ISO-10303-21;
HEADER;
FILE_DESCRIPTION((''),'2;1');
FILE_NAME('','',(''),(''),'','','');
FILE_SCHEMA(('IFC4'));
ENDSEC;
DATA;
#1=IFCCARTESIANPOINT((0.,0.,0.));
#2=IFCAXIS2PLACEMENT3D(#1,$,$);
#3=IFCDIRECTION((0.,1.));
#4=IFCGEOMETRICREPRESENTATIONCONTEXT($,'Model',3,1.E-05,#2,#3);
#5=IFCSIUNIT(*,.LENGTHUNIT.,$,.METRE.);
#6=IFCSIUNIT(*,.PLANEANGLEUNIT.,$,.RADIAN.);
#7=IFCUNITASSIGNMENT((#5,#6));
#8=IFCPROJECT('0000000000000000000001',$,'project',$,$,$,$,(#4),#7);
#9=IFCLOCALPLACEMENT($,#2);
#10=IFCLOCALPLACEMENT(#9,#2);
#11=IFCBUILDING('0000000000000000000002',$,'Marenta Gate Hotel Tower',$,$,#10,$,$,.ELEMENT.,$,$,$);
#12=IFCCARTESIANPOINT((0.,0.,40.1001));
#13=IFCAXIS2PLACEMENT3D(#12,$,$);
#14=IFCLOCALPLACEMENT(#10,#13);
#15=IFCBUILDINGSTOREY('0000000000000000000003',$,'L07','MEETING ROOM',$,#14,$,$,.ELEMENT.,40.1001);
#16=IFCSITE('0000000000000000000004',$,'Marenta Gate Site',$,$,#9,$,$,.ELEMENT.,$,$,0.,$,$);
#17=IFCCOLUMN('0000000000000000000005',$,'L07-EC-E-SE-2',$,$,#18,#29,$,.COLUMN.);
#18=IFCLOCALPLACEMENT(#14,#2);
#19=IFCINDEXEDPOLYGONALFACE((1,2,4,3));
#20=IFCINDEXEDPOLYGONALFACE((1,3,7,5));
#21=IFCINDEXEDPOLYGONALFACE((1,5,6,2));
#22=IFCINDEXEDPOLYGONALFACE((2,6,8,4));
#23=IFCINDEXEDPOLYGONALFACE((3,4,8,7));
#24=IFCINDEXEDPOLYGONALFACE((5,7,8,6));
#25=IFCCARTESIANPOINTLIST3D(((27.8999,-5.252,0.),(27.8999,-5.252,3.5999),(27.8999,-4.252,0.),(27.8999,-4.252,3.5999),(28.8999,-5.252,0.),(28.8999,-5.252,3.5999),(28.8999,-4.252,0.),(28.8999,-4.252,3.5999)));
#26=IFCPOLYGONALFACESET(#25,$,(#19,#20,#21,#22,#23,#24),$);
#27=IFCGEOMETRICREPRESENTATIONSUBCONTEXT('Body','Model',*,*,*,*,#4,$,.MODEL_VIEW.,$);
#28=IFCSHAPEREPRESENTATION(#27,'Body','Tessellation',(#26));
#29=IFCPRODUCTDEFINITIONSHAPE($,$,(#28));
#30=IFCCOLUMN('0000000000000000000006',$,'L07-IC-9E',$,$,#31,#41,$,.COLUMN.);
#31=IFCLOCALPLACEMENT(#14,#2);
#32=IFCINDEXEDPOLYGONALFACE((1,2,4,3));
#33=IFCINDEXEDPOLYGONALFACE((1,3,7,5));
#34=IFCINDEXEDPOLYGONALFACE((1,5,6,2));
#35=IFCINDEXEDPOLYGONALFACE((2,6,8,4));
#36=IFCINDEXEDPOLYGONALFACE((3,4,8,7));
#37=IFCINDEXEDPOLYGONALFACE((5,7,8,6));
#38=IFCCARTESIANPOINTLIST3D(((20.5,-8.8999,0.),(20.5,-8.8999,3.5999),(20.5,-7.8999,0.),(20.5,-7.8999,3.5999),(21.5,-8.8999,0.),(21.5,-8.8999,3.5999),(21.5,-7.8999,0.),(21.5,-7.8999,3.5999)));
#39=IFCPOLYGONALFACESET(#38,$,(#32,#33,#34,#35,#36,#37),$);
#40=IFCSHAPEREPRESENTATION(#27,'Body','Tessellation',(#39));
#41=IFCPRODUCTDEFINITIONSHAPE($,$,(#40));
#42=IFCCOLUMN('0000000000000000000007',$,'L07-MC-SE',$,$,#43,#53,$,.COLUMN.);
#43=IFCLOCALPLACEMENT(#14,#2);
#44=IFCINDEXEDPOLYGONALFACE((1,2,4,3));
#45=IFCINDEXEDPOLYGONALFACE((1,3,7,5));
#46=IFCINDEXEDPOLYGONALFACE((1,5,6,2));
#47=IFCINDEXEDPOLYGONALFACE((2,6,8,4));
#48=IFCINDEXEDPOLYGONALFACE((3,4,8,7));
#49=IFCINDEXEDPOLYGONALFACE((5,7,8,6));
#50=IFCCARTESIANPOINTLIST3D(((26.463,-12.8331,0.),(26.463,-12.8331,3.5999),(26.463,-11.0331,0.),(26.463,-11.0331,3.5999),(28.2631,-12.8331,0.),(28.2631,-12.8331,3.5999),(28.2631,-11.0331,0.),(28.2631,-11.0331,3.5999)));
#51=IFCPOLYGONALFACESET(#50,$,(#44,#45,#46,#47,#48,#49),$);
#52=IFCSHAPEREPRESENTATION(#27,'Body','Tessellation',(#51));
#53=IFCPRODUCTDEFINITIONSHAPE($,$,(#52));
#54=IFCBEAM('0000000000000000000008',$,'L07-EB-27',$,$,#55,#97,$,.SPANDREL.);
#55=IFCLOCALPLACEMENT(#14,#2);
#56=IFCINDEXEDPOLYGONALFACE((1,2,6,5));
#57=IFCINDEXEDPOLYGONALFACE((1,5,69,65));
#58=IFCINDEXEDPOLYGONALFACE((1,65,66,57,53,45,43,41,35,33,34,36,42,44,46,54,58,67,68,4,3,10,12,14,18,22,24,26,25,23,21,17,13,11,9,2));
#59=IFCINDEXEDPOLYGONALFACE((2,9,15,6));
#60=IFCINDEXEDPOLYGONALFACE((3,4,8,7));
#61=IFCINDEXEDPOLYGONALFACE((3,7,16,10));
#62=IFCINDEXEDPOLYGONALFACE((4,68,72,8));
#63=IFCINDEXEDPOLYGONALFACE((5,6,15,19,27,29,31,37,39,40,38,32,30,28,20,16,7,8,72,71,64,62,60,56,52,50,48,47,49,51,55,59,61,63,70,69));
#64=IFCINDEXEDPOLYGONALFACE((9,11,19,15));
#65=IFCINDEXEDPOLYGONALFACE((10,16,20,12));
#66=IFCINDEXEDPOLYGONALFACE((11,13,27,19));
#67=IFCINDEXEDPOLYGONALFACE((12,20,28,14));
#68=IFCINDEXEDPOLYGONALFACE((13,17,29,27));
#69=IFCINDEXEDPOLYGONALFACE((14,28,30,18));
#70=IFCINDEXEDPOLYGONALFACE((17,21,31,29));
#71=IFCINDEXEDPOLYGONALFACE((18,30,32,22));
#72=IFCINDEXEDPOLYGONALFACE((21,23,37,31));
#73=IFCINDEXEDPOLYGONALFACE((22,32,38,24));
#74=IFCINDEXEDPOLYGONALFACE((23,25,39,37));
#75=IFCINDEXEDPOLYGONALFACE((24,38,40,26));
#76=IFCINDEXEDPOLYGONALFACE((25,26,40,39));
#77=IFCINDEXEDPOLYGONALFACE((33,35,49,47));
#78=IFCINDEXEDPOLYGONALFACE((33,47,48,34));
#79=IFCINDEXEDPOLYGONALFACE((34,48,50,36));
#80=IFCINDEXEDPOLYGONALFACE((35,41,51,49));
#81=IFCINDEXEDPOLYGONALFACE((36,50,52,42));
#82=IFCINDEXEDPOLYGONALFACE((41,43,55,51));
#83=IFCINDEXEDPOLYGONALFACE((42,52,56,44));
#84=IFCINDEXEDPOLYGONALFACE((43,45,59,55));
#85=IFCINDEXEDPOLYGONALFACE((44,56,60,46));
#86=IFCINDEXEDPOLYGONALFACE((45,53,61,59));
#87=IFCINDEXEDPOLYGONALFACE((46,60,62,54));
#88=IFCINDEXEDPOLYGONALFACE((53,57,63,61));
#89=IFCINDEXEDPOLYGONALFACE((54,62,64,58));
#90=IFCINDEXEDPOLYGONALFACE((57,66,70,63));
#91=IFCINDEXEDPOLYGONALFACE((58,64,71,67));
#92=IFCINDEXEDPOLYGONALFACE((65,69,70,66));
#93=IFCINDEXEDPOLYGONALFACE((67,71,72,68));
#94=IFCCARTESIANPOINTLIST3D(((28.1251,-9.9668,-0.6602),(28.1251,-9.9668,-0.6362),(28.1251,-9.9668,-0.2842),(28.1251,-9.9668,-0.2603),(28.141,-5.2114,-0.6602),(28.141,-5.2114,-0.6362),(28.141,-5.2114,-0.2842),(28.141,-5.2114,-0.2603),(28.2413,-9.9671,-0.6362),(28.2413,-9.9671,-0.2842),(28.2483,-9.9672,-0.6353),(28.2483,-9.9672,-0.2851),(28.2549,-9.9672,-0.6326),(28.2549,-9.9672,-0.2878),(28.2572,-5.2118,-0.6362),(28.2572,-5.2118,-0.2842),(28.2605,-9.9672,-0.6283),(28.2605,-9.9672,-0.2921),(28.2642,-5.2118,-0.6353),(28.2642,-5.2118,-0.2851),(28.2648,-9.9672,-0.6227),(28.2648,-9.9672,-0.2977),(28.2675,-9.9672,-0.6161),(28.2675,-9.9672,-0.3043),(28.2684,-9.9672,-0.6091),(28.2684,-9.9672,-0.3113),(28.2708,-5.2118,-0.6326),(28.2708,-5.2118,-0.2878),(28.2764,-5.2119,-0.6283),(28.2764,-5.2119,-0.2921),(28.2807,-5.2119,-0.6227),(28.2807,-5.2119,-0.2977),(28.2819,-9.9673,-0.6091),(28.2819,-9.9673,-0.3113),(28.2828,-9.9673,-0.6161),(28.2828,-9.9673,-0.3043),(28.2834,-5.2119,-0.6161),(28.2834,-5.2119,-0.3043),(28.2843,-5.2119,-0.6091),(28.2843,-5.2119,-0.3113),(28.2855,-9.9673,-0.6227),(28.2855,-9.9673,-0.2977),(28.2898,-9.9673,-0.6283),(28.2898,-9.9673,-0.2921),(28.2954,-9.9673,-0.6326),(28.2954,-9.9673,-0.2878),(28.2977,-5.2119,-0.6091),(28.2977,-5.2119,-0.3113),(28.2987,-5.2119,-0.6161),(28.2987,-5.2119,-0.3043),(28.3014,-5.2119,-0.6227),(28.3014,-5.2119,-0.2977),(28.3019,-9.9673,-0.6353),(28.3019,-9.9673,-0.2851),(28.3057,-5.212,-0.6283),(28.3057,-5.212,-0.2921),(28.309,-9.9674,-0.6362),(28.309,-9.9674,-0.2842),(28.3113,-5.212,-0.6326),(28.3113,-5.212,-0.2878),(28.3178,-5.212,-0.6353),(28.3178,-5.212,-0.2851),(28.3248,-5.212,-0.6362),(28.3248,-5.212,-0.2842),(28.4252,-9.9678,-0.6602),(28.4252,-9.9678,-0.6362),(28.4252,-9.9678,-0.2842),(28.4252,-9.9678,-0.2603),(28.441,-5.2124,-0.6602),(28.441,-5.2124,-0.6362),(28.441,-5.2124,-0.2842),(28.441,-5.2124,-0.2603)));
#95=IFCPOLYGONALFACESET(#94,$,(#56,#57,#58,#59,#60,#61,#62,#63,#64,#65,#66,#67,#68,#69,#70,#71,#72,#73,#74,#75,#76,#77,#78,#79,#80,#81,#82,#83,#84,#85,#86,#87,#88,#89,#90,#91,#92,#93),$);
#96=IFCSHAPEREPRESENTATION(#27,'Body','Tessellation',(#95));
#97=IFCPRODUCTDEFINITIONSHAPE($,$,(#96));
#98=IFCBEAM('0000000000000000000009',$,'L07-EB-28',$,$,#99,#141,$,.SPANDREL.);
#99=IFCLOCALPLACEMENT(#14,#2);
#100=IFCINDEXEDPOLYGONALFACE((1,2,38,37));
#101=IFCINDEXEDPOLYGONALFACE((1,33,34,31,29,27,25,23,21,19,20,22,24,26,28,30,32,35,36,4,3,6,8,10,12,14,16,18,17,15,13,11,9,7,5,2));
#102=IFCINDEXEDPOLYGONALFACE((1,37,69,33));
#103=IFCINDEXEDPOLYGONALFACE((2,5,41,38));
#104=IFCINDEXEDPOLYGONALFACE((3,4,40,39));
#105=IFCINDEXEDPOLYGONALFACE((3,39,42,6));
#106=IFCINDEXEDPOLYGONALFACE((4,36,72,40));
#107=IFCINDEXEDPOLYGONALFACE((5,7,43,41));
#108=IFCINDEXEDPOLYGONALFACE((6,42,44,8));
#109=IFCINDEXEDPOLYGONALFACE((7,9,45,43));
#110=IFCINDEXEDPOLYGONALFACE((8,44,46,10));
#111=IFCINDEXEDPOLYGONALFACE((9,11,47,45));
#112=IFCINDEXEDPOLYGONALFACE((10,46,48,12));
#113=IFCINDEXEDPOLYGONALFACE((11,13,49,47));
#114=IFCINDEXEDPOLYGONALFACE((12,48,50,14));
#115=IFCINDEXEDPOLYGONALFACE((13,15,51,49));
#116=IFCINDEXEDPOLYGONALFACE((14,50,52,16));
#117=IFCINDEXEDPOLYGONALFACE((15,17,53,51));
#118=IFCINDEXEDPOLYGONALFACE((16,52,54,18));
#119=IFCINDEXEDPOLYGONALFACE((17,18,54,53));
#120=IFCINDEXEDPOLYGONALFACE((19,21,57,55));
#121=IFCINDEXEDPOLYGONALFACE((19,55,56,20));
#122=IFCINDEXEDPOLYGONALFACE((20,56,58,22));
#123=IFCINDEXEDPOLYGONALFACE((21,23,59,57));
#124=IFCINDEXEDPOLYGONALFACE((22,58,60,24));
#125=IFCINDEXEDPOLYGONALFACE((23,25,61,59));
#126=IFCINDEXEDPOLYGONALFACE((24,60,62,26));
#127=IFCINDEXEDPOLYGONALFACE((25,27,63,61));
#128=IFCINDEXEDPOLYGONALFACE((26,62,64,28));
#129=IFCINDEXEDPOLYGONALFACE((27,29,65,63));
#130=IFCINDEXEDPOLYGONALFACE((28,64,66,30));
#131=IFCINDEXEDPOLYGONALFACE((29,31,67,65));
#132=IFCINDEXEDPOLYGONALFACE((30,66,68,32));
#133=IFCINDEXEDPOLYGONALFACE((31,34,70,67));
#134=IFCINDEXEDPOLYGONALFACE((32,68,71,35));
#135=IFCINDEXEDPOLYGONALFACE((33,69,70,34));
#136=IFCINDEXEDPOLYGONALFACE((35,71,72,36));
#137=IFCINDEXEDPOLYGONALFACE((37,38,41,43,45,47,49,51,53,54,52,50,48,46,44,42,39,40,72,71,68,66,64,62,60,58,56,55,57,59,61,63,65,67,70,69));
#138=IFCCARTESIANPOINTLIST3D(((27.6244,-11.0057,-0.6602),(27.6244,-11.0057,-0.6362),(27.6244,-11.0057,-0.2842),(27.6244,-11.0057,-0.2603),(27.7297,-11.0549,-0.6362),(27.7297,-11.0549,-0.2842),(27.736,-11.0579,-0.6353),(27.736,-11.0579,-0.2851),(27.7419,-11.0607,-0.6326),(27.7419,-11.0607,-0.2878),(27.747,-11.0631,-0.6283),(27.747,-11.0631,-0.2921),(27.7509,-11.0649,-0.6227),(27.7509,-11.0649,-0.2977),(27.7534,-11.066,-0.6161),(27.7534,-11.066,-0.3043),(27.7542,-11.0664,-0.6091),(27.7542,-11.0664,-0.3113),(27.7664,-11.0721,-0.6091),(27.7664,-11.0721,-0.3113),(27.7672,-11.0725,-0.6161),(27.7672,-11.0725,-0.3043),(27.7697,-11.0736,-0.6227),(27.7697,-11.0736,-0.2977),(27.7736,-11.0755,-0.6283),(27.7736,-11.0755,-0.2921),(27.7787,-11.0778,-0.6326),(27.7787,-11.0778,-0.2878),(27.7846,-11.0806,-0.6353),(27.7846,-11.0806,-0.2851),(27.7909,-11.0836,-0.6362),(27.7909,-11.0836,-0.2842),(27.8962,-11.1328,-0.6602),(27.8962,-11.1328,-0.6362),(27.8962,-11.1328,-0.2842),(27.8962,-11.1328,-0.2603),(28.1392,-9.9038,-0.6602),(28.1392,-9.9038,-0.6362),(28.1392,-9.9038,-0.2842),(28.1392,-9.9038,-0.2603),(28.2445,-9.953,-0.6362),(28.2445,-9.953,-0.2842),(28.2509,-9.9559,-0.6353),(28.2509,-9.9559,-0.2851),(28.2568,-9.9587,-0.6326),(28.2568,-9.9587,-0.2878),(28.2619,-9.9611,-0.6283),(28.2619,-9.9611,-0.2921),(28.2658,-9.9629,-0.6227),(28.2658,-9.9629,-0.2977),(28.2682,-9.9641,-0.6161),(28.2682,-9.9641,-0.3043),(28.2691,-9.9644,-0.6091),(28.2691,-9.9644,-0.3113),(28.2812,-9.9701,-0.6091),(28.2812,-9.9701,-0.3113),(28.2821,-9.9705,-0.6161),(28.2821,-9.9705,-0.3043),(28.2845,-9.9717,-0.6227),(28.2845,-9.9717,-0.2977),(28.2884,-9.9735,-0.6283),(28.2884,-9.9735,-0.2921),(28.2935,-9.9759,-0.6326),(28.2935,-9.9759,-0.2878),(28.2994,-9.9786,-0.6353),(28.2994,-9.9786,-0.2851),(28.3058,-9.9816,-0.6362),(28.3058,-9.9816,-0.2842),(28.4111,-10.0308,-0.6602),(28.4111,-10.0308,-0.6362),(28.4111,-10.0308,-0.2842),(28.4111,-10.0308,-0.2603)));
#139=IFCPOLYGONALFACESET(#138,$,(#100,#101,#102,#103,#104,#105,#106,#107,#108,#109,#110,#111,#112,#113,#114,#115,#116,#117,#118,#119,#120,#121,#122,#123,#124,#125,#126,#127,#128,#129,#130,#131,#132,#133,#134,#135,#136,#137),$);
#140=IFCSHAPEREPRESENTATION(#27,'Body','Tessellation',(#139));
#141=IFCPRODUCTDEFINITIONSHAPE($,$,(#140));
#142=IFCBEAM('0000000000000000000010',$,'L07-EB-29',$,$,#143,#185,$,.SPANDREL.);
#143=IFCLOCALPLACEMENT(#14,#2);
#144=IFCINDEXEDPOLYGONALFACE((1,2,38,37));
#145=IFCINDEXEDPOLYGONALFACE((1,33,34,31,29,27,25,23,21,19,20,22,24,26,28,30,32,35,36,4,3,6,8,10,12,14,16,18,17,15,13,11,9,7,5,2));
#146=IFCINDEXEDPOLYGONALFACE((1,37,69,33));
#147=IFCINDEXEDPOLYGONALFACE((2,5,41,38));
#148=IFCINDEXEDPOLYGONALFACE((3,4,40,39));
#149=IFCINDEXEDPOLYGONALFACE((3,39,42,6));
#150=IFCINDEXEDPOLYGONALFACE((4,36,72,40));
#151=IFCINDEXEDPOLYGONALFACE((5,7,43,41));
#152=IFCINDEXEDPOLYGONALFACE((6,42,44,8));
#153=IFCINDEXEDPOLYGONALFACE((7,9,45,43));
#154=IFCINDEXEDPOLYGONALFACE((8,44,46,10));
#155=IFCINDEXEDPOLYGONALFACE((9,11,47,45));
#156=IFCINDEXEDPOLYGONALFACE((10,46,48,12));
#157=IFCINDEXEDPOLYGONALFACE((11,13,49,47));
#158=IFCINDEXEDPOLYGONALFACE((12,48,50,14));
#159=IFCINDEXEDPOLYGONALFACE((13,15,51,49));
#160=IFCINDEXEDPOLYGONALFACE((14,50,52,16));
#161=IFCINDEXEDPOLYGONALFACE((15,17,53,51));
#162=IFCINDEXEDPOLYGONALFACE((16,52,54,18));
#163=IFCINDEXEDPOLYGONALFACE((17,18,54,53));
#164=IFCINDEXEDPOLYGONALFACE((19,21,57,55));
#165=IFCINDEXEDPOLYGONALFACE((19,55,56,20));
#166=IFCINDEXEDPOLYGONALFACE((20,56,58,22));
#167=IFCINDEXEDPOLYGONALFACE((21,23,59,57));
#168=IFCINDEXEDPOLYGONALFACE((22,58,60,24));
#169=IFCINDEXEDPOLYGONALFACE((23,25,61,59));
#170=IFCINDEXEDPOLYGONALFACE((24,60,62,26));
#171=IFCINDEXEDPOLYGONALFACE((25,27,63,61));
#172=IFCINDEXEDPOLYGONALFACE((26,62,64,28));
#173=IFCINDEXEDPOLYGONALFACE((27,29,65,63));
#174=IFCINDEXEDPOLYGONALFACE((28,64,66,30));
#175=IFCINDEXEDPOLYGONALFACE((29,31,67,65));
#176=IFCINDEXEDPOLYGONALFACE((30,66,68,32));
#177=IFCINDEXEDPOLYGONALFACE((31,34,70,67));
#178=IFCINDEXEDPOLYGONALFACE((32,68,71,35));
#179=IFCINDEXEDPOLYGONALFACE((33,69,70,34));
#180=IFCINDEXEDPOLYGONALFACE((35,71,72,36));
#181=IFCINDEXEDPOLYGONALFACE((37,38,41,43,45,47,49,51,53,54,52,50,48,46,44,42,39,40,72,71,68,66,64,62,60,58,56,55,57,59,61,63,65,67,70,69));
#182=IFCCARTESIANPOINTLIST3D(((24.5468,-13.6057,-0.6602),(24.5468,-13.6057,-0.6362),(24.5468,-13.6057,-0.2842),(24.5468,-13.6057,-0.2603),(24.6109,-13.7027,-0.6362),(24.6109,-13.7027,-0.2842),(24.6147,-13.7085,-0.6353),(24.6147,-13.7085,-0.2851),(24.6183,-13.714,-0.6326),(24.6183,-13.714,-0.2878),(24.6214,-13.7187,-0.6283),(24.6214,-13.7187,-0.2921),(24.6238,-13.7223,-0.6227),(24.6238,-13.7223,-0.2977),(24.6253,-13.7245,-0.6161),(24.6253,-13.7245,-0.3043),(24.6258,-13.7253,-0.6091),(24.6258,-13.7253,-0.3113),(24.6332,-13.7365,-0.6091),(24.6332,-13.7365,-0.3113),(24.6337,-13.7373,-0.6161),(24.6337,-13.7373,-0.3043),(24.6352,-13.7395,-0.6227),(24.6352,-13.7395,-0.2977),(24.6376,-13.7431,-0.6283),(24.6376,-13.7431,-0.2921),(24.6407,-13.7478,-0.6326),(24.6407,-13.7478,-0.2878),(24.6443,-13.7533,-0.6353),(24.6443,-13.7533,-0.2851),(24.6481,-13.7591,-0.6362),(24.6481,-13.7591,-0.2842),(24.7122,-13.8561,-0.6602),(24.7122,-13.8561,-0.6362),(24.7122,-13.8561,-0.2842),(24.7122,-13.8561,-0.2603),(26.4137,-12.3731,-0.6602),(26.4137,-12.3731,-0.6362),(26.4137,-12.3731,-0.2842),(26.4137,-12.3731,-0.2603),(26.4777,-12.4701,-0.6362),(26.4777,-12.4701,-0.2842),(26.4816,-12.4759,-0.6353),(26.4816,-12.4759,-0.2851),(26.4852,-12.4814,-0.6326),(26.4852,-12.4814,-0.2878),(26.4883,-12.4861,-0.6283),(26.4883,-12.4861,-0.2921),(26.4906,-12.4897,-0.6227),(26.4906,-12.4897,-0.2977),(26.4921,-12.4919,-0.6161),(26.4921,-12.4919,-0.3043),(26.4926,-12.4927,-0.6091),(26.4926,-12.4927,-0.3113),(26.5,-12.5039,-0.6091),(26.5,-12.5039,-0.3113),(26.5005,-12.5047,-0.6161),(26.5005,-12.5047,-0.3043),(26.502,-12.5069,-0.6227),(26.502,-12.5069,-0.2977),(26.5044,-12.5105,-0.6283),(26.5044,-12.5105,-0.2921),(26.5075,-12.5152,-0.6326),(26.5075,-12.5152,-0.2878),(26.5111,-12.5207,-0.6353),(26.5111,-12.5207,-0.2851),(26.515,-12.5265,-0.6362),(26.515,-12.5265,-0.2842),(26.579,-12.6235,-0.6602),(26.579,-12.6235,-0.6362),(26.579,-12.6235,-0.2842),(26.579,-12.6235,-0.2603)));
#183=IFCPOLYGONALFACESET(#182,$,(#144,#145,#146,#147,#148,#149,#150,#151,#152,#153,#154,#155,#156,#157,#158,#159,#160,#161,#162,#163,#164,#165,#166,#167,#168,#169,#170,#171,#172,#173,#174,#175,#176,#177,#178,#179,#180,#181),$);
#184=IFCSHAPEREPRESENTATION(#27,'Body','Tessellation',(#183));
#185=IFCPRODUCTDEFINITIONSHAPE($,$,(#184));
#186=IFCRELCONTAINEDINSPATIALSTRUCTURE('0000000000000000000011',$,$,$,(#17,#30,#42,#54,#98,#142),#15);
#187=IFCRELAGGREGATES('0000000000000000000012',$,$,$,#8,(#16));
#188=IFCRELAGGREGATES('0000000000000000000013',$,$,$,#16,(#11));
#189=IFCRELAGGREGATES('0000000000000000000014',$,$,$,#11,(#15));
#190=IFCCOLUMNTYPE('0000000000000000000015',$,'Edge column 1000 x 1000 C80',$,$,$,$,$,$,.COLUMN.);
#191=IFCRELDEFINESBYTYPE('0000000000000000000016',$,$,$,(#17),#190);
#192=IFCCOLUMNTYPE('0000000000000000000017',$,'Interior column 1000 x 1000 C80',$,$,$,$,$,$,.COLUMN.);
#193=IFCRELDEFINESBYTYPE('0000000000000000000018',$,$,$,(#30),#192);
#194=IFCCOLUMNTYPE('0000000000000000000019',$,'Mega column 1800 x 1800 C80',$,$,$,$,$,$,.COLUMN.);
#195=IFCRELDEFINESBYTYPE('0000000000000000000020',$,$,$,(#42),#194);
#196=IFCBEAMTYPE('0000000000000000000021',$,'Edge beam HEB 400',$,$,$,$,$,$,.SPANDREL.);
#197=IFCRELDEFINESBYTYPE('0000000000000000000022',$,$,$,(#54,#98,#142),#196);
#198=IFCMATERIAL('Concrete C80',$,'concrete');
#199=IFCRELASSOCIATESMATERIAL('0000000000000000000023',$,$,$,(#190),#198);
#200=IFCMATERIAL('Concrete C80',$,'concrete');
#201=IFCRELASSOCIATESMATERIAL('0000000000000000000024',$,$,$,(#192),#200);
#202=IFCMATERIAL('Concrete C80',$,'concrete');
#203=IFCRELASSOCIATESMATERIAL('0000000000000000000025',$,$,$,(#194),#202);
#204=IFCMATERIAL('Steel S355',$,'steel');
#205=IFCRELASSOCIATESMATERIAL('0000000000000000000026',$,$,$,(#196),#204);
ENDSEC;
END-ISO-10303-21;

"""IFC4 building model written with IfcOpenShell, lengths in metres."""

from ifc_helpers import new_model, si_unit, direction, frame, origin, origin_2d, place, context, subcontext, project, spatial, rectangle, i_section, extrude, material, material_profile, profile_set, type_object, element, save


model = new_model("IFC4")

# Units and contexts
model_context = context("Model", 3, precision=1e-05, world=origin(), true_north=direction((0.0, 1.0)))
body_context = subcontext(model_context, "Body", "Model", "MODEL_VIEW")
ifc_project = project(units=[si_unit("LENGTHUNIT", "METRE"), si_unit("PLANEANGLEUNIT", "RADIAN")], contexts=[model_context])

# Site, building, storey
site_placement = place(None, origin())
site = spatial("IfcSite", under=ifc_project, at=site_placement, Name="Marenta Gate Site", CompositionType="ELEMENT", RefElevation=0.0)
building_placement = place(site_placement, origin())
building = spatial("IfcBuilding", under=site, at=building_placement, Name="Marenta Gate Hotel Tower", CompositionType="ELEMENT")
storey_placement = place(building_placement, frame((0.0, 0.0, 40.1001)))
storey = spatial("IfcBuildingStorey", under=building, at=storey_placement, Name="L07", Description="MEETING ROOM", CompositionType="ELEMENT", Elevation=40.1001)

# Columns
ifc_material_1 = material(Name="Concrete C80", Category="concrete")
ifc_material_profile_1 = material_profile(ifc_material_1, rectangle(XDim=1.0, YDim=1.0, at=origin_2d()), Name="1000 x 1000")
ifc_profile_set_1 = profile_set([ifc_material_profile_1], Name="Concrete C80")
column_type_1 = type_object("IfcColumnType", Name="Edge column 1000 x 1000 C80", PredefinedType="COLUMN", material=ifc_profile_set_1)
column_1_placement = place(storey_placement, frame((28.3999, -4.752, 0.0), z_axis=(0.0, 0.0, 1.0), x_axis=(1.0, 0.0, 0.0)))
element("IfcColumn", 1, at=column_1_placement, inside=storey, type_object=column_type_1, Name="L07-EC-E-SE-2", PredefinedType="COLUMN", context=body_context, shape_type="SweptSolid", body=[
    extrude(rectangle(XDim=1.0, YDim=1.0, at=origin_2d()), origin(), (0.0, 0.0, 1.0), 3.5999),
])
ifc_material_2 = material(Name="Concrete C80", Category="concrete")
ifc_material_profile_2 = material_profile(ifc_material_2, rectangle(XDim=1.0, YDim=1.0, at=origin_2d()), Name="1000 x 1000")
ifc_profile_set_2 = profile_set([ifc_material_profile_2], Name="Concrete C80")
column_type_2 = type_object("IfcColumnType", Name="Interior column 1000 x 1000 C80", PredefinedType="COLUMN", material=ifc_profile_set_2)
column_2_placement = place(storey_placement, frame((21.0, -8.3999, 0.0), z_axis=(0.0, 0.0, 1.0), x_axis=(1.0, 0.0, 0.0)))
element("IfcColumn", 2, at=column_2_placement, inside=storey, type_object=column_type_2, Name="L07-IC-9E", PredefinedType="COLUMN", context=body_context, shape_type="SweptSolid", body=[
    extrude(rectangle(XDim=1.0, YDim=1.0, at=origin_2d()), origin(), (0.0, 0.0, 1.0), 3.5999),
])
ifc_material_3 = material(Name="Concrete C80", Category="concrete")
ifc_material_profile_3 = material_profile(ifc_material_3, rectangle(XDim=1.8, YDim=1.8, at=origin_2d()), Name="1800 x 1800")
ifc_profile_set_3 = profile_set([ifc_material_profile_3], Name="Concrete C80")
column_type_3 = type_object("IfcColumnType", Name="Mega column 1800 x 1800 C80", PredefinedType="COLUMN", material=ifc_profile_set_3)
column_3_placement = place(storey_placement, frame((27.363, -11.9331, 0.0), z_axis=(0.0, 0.0, 1.0), x_axis=(1.0, 0.0, 0.0)))
element("IfcColumn", 3, at=column_3_placement, inside=storey, type_object=column_type_3, Name="L07-MC-SE", PredefinedType="COLUMN", context=body_context, shape_type="SweptSolid", body=[
    extrude(rectangle(XDim=1.8, YDim=1.8, at=origin_2d()), origin(), (0.0, 0.0, 1.0), 3.5999),
])

# Beams
ifc_material_4 = material(Name="Steel S355", Category="steel")
ifc_material_profile_4 = material_profile(ifc_material_4, i_section(OverallWidth=0.3, OverallDepth=0.3999, WebThickness=0.0134, FlangeThickness=0.0239, FilletRadius=0.0271, at=origin_2d()), Name="HEB 400")
ifc_profile_set_4 = profile_set([ifc_material_profile_4], Name="Steel S355")
beam_type_1 = type_object("IfcBeamType", Name="Edge beam HEB 400", PredefinedType="SPANDREL", material=ifc_profile_set_4)
beam_1_placement = place(storey_placement, frame((28.291, -5.2119, -0.4602), z_axis=(-0.003337, -0.999994, 0.0), x_axis=(0.999994, -0.003337, 0.0)))
element("IfcBeam", 4, at=beam_1_placement, inside=storey, type_object=beam_type_1, Name="L07-EB-27", PredefinedType="SPANDREL", context=body_context, shape_type="SweptSolid", body=[
    extrude(i_section(OverallWidth=0.3, OverallDepth=0.3999, WebThickness=0.0134, FlangeThickness=0.0239, FilletRadius=0.0271, at=origin_2d()), origin(), (0.0, 0.0, 1.0), 4.7554),
])
beam_2_placement = place(storey_placement, frame((28.2751, -9.9673, -0.4602), z_axis=(-0.423292, -0.905993, 0.0), x_axis=(0.905993, -0.423292, 0.0)))
element("IfcBeam", 5, at=beam_2_placement, inside=storey, type_object=beam_type_1, Name="L07-EB-28", PredefinedType="SPANDREL", context=body_context, shape_type="SweptSolid", body=[
    extrude(i_section(OverallWidth=0.3, OverallDepth=0.3999, WebThickness=0.0134, FlangeThickness=0.0239, FilletRadius=0.0271, at=origin_2d()), origin(), (0.0, 0.0, 1.0), 1.2163),
])
beam_3_placement = place(storey_placement, frame((26.4963, -12.4983, -0.4602), z_axis=(-0.83451, -0.550993, 0.0), x_axis=(0.550993, -0.83451, 0.0)))
element("IfcBeam", 6, at=beam_3_placement, inside=storey, type_object=beam_type_1, Name="L07-EB-29", PredefinedType="SPANDREL", context=body_context, shape_type="SweptSolid", body=[
    extrude(i_section(OverallWidth=0.3, OverallDepth=0.3999, WebThickness=0.0134, FlangeThickness=0.0239, FilletRadius=0.0271, at=origin_2d()), origin(), (0.0, 0.0, 1.0), 2.2371),
])

save(model, "model.ifc")
